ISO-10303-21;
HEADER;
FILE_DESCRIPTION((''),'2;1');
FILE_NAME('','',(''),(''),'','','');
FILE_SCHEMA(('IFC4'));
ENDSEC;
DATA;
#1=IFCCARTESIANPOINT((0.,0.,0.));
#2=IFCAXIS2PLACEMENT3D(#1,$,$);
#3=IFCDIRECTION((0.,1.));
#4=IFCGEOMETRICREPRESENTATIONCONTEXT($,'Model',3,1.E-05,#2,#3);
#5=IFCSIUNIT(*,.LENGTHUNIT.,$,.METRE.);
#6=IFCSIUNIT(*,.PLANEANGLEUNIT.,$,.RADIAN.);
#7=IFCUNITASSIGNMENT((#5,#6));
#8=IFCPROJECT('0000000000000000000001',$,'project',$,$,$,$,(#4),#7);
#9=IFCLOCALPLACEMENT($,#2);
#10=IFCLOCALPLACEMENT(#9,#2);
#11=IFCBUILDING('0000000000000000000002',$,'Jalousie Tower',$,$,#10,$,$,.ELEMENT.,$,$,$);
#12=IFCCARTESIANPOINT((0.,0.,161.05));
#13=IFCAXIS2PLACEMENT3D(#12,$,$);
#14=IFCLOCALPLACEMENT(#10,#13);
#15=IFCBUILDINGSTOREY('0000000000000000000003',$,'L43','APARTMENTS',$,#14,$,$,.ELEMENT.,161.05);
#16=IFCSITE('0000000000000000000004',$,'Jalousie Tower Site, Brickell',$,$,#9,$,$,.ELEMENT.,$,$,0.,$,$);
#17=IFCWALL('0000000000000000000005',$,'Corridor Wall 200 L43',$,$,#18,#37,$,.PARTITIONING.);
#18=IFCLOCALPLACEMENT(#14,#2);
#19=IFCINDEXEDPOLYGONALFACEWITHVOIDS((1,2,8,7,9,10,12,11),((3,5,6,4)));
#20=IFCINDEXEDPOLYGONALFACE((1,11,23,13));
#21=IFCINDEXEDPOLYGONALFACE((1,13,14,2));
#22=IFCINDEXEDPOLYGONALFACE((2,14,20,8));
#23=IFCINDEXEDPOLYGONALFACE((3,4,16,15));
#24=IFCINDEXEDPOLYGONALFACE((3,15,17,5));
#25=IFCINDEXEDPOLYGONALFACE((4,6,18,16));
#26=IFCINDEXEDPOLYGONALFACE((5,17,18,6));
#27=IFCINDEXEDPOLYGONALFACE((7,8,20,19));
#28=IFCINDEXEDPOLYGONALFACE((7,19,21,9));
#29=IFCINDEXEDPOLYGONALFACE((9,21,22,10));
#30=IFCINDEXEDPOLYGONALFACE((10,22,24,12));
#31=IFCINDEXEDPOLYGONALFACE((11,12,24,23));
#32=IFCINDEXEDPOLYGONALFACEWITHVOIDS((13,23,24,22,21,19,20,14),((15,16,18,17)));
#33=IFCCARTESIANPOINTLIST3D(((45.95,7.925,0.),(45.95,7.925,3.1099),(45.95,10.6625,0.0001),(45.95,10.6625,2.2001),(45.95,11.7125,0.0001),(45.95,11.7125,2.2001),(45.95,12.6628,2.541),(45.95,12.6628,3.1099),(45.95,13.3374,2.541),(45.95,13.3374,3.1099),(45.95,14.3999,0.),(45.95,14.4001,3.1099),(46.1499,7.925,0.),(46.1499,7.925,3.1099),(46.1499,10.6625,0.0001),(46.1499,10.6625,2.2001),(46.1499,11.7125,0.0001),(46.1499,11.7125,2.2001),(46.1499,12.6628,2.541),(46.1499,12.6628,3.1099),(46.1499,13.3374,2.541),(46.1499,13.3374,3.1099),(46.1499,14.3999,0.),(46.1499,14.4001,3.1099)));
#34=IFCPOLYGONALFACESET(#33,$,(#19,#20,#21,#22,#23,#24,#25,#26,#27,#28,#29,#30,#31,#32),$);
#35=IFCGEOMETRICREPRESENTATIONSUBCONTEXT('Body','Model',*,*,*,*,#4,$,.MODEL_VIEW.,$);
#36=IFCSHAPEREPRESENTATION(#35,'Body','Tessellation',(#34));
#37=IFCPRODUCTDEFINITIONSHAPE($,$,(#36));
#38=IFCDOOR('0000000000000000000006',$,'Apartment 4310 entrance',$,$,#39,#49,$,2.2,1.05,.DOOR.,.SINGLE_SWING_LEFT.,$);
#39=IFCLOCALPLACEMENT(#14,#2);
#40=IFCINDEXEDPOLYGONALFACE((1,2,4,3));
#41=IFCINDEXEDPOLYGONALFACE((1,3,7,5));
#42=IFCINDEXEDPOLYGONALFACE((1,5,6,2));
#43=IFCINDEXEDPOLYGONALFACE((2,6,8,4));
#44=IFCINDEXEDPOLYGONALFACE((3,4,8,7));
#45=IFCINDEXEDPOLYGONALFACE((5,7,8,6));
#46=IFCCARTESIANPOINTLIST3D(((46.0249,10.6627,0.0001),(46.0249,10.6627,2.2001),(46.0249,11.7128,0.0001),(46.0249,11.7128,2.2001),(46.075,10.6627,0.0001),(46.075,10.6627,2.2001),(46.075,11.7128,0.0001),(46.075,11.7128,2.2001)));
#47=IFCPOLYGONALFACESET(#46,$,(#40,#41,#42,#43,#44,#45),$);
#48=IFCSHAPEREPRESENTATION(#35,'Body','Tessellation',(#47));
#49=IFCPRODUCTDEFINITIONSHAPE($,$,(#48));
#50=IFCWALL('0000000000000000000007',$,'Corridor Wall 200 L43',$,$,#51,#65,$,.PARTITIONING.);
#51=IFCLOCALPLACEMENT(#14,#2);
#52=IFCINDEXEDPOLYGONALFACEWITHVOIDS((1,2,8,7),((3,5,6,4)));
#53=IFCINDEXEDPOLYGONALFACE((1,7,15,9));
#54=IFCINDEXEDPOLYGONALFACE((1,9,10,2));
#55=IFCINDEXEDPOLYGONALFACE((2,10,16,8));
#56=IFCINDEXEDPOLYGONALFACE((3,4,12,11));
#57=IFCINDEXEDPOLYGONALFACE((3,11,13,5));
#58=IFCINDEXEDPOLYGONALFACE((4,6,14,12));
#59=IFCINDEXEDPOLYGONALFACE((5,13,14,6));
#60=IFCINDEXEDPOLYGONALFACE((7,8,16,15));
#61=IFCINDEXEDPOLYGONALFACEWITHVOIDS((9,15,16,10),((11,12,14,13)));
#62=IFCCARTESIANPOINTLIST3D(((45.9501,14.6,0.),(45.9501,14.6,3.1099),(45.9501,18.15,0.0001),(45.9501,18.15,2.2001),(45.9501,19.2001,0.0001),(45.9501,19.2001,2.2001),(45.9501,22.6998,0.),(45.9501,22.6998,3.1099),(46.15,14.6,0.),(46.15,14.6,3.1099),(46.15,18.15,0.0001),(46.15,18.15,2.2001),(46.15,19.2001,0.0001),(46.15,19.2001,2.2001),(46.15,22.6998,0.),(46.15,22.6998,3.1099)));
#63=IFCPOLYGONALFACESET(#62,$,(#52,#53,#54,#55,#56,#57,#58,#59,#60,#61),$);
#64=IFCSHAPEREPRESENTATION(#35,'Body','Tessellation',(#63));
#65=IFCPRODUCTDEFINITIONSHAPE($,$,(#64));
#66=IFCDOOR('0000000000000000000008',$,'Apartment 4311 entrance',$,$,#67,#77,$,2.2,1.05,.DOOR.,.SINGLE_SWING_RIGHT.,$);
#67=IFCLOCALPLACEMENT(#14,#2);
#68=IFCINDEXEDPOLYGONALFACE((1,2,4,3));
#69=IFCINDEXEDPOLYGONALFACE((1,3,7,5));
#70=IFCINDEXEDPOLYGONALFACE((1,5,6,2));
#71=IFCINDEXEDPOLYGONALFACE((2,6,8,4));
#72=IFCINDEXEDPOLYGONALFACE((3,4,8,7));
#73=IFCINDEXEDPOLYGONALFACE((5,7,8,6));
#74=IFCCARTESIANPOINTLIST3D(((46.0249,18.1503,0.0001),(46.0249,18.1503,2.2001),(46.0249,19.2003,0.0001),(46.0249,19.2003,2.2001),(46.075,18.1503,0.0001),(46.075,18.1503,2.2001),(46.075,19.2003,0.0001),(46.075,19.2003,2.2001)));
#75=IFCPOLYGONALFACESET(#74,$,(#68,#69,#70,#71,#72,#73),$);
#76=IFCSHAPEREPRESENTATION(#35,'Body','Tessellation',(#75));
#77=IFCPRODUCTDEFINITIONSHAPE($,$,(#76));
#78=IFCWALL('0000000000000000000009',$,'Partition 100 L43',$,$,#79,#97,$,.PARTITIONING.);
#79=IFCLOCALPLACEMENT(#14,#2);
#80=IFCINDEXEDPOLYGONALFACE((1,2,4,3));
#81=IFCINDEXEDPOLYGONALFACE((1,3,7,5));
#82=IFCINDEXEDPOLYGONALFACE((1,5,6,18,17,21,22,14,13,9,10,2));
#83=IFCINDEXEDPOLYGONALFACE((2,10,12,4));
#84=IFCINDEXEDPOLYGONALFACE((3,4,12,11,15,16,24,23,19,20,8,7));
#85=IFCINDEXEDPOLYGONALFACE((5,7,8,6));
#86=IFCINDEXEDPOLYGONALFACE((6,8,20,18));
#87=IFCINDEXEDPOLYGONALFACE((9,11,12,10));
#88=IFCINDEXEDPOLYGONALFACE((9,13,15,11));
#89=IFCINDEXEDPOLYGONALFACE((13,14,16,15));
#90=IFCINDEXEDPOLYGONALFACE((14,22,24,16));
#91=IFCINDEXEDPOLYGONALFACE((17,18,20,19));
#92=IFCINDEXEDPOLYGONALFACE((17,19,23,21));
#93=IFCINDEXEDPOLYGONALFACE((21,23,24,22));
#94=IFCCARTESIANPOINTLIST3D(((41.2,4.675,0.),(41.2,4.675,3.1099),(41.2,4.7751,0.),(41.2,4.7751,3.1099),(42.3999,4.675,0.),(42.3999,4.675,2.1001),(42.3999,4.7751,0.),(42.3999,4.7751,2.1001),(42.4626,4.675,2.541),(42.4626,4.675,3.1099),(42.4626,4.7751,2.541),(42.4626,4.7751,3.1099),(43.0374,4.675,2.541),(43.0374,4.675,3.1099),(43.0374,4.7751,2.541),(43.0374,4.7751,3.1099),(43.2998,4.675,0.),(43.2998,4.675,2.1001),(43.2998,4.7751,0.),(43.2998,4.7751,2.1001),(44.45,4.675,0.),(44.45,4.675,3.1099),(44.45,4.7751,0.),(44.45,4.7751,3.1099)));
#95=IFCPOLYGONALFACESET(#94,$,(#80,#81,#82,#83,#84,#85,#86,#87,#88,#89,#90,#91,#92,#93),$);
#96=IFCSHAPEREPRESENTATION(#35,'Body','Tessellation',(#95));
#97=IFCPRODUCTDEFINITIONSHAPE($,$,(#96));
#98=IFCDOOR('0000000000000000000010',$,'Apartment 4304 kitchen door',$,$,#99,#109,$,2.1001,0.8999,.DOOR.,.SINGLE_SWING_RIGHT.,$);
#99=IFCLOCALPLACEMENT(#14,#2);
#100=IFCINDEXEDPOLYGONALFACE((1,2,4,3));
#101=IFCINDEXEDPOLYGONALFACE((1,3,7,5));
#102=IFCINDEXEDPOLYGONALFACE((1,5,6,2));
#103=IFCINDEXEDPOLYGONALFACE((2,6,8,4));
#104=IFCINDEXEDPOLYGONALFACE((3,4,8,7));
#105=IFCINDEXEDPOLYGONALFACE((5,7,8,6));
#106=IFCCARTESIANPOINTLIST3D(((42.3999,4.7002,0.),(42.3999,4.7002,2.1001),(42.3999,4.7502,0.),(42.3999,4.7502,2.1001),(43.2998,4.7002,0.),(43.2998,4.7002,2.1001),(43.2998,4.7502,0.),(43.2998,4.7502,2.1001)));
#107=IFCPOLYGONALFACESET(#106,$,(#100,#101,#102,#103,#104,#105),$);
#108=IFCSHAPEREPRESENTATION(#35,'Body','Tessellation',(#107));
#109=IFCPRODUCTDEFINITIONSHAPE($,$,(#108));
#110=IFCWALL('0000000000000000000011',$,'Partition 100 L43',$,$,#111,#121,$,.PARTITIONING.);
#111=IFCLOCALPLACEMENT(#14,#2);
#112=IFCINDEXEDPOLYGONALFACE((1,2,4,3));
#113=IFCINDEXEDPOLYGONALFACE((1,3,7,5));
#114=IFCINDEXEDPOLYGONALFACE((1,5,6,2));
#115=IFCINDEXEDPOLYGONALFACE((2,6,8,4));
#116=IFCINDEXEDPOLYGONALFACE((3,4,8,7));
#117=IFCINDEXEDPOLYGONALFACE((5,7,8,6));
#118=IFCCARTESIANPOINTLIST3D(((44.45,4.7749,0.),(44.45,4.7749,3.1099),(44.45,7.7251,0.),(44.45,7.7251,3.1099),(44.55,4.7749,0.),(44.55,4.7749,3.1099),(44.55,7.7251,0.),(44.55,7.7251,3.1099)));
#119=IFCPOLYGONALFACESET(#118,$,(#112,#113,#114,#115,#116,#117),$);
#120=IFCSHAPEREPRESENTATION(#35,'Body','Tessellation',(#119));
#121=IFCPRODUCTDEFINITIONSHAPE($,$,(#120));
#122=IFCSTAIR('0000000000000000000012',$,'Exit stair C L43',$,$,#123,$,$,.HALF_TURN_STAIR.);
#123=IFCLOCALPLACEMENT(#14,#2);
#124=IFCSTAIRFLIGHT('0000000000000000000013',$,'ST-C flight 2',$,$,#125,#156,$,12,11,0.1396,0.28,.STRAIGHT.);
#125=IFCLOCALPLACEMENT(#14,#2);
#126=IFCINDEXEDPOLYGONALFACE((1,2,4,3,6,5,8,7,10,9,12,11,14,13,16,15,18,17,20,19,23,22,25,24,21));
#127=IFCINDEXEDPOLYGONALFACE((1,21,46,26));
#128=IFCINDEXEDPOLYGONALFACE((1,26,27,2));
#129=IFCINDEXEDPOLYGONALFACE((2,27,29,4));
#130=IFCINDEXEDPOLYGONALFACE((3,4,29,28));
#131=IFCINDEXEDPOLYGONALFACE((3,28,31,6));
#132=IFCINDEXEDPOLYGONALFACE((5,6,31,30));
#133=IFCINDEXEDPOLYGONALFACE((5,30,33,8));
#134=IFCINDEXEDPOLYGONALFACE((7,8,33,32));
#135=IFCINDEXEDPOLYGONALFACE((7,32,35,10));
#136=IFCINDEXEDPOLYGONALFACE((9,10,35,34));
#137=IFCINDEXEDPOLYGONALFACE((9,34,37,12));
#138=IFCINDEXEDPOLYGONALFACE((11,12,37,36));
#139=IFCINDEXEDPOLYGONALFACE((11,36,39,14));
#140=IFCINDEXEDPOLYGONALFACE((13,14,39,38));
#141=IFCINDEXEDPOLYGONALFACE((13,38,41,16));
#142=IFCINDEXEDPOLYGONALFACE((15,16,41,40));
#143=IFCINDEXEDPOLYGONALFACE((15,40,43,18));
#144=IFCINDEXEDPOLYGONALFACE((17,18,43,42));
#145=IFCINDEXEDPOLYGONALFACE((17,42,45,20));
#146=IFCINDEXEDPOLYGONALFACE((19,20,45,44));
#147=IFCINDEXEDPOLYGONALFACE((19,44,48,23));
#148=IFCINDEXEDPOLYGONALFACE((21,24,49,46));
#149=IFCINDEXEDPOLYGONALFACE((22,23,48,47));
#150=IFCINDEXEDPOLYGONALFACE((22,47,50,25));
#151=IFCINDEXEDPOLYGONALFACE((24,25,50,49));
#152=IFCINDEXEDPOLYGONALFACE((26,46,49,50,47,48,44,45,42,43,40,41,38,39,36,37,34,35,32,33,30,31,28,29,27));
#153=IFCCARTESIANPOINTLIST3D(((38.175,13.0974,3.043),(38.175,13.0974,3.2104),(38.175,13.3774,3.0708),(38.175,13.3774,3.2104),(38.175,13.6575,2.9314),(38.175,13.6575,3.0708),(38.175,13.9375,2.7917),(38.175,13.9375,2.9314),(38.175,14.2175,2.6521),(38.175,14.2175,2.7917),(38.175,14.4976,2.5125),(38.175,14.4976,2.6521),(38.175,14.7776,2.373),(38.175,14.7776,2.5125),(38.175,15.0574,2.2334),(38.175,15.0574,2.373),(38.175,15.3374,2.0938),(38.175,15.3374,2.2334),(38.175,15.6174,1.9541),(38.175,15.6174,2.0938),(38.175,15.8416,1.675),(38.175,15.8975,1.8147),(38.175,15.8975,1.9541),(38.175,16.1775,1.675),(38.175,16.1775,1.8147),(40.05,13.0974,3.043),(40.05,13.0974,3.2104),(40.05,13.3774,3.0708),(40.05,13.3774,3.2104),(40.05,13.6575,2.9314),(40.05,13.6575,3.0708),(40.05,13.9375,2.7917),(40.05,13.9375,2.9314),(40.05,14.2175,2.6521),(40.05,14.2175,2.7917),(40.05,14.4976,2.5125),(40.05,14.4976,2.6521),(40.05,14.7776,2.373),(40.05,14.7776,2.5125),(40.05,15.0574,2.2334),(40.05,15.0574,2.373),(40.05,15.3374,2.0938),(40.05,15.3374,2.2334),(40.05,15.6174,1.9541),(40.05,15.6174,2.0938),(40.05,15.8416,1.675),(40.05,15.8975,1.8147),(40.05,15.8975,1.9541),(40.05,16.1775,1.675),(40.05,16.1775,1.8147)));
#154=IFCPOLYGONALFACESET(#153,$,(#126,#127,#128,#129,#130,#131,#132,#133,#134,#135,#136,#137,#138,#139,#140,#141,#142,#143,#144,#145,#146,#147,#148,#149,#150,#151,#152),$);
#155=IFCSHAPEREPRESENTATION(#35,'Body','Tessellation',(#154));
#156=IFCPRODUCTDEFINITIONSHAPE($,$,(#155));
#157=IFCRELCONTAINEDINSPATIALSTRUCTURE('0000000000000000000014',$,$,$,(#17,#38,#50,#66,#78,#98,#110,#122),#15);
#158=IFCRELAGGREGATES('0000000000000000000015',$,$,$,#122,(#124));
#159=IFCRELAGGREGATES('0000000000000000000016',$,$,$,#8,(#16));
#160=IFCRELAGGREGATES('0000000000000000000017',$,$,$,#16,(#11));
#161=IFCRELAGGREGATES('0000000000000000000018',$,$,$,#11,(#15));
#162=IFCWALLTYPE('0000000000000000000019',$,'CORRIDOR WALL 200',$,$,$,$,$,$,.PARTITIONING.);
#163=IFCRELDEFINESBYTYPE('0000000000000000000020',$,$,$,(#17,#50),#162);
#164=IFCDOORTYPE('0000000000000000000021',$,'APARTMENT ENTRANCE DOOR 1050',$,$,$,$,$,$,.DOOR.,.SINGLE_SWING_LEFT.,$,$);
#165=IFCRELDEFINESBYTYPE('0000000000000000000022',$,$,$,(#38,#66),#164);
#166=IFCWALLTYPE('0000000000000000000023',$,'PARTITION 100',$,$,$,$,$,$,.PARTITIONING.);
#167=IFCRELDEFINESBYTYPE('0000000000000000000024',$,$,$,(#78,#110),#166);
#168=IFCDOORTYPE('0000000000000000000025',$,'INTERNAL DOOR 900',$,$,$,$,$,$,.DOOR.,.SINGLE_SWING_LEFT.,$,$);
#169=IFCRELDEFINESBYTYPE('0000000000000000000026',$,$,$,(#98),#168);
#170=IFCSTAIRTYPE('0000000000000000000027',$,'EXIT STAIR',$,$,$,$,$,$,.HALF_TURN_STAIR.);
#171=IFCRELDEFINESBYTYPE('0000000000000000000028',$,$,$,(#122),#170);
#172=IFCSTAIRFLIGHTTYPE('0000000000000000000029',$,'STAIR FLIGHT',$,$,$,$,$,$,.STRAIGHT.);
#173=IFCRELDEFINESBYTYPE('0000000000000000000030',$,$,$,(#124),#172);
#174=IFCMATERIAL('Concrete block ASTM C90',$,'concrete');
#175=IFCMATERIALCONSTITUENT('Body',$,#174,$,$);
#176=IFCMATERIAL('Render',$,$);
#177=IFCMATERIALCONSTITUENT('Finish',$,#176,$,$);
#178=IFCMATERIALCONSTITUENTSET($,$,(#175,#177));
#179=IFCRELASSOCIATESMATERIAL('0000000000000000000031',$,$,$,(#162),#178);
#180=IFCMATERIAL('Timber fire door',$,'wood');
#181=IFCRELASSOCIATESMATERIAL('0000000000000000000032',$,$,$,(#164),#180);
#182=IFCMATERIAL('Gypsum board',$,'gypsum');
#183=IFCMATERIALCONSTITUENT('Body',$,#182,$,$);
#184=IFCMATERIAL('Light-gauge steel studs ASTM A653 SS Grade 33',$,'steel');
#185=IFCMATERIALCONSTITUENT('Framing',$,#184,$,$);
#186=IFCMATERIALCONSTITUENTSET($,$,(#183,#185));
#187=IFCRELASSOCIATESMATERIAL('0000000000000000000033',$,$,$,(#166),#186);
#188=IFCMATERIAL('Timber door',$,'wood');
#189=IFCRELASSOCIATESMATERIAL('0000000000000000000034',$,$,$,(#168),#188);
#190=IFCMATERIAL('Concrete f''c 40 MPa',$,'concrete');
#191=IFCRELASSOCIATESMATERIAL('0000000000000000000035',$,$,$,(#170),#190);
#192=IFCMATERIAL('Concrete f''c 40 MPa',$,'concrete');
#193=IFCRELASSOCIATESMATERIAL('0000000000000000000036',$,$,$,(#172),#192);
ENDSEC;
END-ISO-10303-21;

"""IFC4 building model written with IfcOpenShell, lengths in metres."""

from ifc_helpers import new_model, si_unit, direction, frame, frame_2d, origin, place, context, subcontext, project, spatial, polyline, rectangle, outline, extrude, material, constituent, constituent_set, type_object, element, fill, aggregate, save


model = new_model("IFC4")

# Units and contexts
model_context = context("Model", 3, precision=1e-05, world=origin(), true_north=direction((0.0, 1.0)))
body_context = subcontext(model_context, "Body", "Model", "MODEL_VIEW")
ifc_project = project(units=[si_unit("LENGTHUNIT", "METRE"), si_unit("PLANEANGLEUNIT", "RADIAN")], contexts=[model_context])

# Site, building, storey
site_placement = place(None, origin())
site = spatial("IfcSite", under=ifc_project, at=site_placement, Name="Jalousie Tower Site, Brickell", CompositionType="ELEMENT", RefElevation=0.0)
building_placement = place(site_placement, origin())
building = spatial("IfcBuilding", under=site, at=building_placement, Name="Jalousie Tower", CompositionType="ELEMENT")
storey_placement = place(building_placement, frame((0.0, 0.0, 161.05)))
storey = spatial("IfcBuildingStorey", under=building, at=storey_placement, Name="L43", Description="APARTMENTS", CompositionType="ELEMENT", Elevation=161.05)

# Walls, openings, doors
ifc_material_1 = material(Name="Concrete block ASTM C90", Category="concrete")
ifc_constituent_1 = constituent(ifc_material_1, Name="Body")
ifc_material_2 = material(Name="Render")
ifc_constituent_2 = constituent(ifc_material_2, Name="Finish")
ifc_constituent_set_1 = constituent_set(constituents=[ifc_constituent_1, ifc_constituent_2])
wall_type_1 = type_object("IfcWallType", Name="CORRIDOR WALL 200", PredefinedType="PARTITIONING", material=ifc_constituent_set_1)
ifc_material_3 = material(Name="Timber fire door", Category="wood")
door_type_1 = type_object("IfcDoorType", Name="APARTMENT ENTRANCE DOOR 1050", OperationType="SINGLE_SWING_LEFT", PredefinedType="DOOR", material=ifc_material_3)
wall_1_placement = place(storey_placement, frame((46.05, 7.925, 0.0), z_axis=(0.0, 0.0, 1.0), x_axis=(0.0, 1.0, 0.0)))
wall_1 = element("IfcWall", 1, at=wall_1_placement, inside=storey, type_object=wall_type_1, Name="Corridor Wall 200 L43", PredefinedType="PARTITIONING", context=body_context, shape_type="SweptSolid", body=[
    extrude(outline(polyline([(0.0, 0.0), (6.4749, 0.0), (6.4751, 3.1099), (5.4124, 3.1099), (5.4124, 2.541), (4.7378, 2.541), (4.7378, 3.1099), (0.0, 3.1099), (0.0, 0.0)])), frame((0.0, 0.1001, 0.0), z_axis=(0.0, -1.0, 0.0), x_axis=(1.0, 0.0, 0.0)), (0.0, 0.0, 1.0), 0.2),
])
opening_1_placement = place(wall_1_placement, frame((2.7375, 0.0, 0.0)))
opening_1 = element("IfcOpeningElement", 2, at=opening_1_placement, cuts=wall_1, PredefinedType="OPENING", context=body_context, shape_type="SweptSolid", body=[
    extrude(rectangle(XDim=1.05, YDim=2.2, at=frame_2d((0.5249, 1.1001))), frame((0.0, 0.1099, 0.0), z_axis=(0.0, -1.0, 0.0), x_axis=(1.0, 0.0, 0.0)), (0.0, 0.0, 1.0), 0.22),
])
door_1_placement = place(opening_1_placement, frame((1.05, 0.0, 0.0), z_axis=(0.0, 0.0, 1.0), x_axis=(-1.0, 0.0, 0.0)))
door_1 = element("IfcDoor", 3, at=door_1_placement, inside=storey, type_object=door_type_1, Name="Apartment 4310 entrance", OperationType="SINGLE_SWING_LEFT", OverallHeight=2.2, OverallWidth=1.05, PredefinedType="DOOR", context=body_context, shape_type="SweptSolid", body=[
    extrude(rectangle(XDim=1.05, YDim=2.2, at=frame_2d((0.5249, 1.1001))), frame((0.0, 0.0249, 0.0), z_axis=(0.0, -1.0, 0.0), x_axis=(1.0, 0.0, 0.0)), (0.0, 0.0, 1.0), 0.05),
])
fill(opening_1, door_1)
wall_2_placement = place(storey_placement, frame((46.05, 14.6001, 0.0), z_axis=(0.0, 0.0, 1.0), x_axis=(0.0, 1.0, 0.0)))
wall_2 = element("IfcWall", 4, at=wall_2_placement, inside=storey, type_object=wall_type_1, Name="Corridor Wall 200 L43", PredefinedType="PARTITIONING", context=body_context, shape_type="SweptSolid", body=[
    extrude(rectangle(XDim=8.0999, YDim=0.2, at=frame_2d((4.0498, 0.0))), origin(), (0.0, 0.0, 1.0), 3.1099),
])
opening_2_placement = place(wall_2_placement, frame((3.55, 0.0, 0.0)))
opening_2 = element("IfcOpeningElement", 5, at=opening_2_placement, cuts=wall_2, PredefinedType="OPENING", context=body_context, shape_type="SweptSolid", body=[
    extrude(rectangle(XDim=1.05, YDim=2.2, at=frame_2d((0.5249, 1.1001))), frame((0.0, 0.1099, 0.0), z_axis=(0.0, -1.0, 0.0), x_axis=(1.0, 0.0, 0.0)), (0.0, 0.0, 1.0), 0.22),
])
door_2_placement = place(opening_2_placement, frame((1.05, 0.0, 0.0), z_axis=(0.0, 0.0, 1.0), x_axis=(-1.0, 0.0, 0.0)))
door_2 = element("IfcDoor", 6, at=door_2_placement, inside=storey, type_object=door_type_1, Name="Apartment 4311 entrance", OperationType="SINGLE_SWING_RIGHT", OverallHeight=2.2, OverallWidth=1.05, PredefinedType="DOOR", context=body_context, shape_type="SweptSolid", body=[
    extrude(rectangle(XDim=1.05, YDim=2.2, at=frame_2d((0.5249, 1.1001))), frame((0.0, 0.0249, 0.0), z_axis=(0.0, -1.0, 0.0), x_axis=(1.0, 0.0, 0.0)), (0.0, 0.0, 1.0), 0.05),
])
fill(opening_2, door_2)
ifc_material_4 = material(Name="Gypsum board", Category="gypsum")
ifc_constituent_3 = constituent(ifc_material_4, Name="Body")
ifc_material_5 = material(Name="Light-gauge steel studs ASTM A653 SS Grade 33", Category="steel")
ifc_constituent_4 = constituent(ifc_material_5, Name="Framing")
ifc_constituent_set_2 = constituent_set(constituents=[ifc_constituent_3, ifc_constituent_4])
wall_type_2 = type_object("IfcWallType", Name="PARTITION 100", PredefinedType="PARTITIONING", material=ifc_constituent_set_2)
wall_3_placement = place(storey_placement, frame((41.2, 4.7251, 0.0), z_axis=(0.0, 0.0, 1.0), x_axis=(1.0, 0.0, 0.0)))
wall_3 = element("IfcWall", 7, at=wall_3_placement, inside=storey, type_object=wall_type_2, Name="Partition 100 L43", PredefinedType="PARTITIONING", context=body_context, shape_type="SweptSolid", body=[
    extrude(outline(polyline([(0.0, 0.0), (3.25, 0.0), (3.25, 3.1099), (1.8374, 3.1099), (1.8374, 2.541), (1.2627, 2.541), (1.2627, 3.1099), (0.0, 3.1099), (0.0, 0.0)])), frame((0.0, 0.05, 0.0), z_axis=(0.0, -1.0, 0.0), x_axis=(1.0, 0.0, 0.0)), (0.0, 0.0, 1.0), 0.1001),
])
opening_3_placement = place(wall_3_placement, frame((1.2, 0.0, 0.0)))
opening_3 = element("IfcOpeningElement", 8, at=opening_3_placement, cuts=wall_3, PredefinedType="OPENING", context=body_context, shape_type="SweptSolid", body=[
    extrude(rectangle(XDim=0.8999, YDim=2.1001, at=frame_2d((0.45, 1.05))), frame((0.0, 0.0601, 0.0), z_axis=(0.0, -1.0, 0.0), x_axis=(1.0, 0.0, 0.0)), (0.0, 0.0, 1.0), 0.1201),
])
ifc_material_6 = material(Name="Timber door", Category="wood")
door_type_2 = type_object("IfcDoorType", Name="INTERNAL DOOR 900", OperationType="SINGLE_SWING_LEFT", PredefinedType="DOOR", material=ifc_material_6)
door_3_placement = place(opening_3_placement, frame((0.8999, 0.0, 0.0), z_axis=(0.0, 0.0, 1.0), x_axis=(-1.0, 0.0, 0.0)))
door_3 = element("IfcDoor", 9, at=door_3_placement, inside=storey, type_object=door_type_2, Name="Apartment 4304 kitchen door", OperationType="SINGLE_SWING_RIGHT", OverallHeight=2.1001, OverallWidth=0.8999, PredefinedType="DOOR", context=body_context, shape_type="SweptSolid", body=[
    extrude(rectangle(XDim=0.8999, YDim=2.1001, at=frame_2d((0.45, 1.05))), frame((0.0, 0.0249, 0.0), z_axis=(0.0, -1.0, 0.0), x_axis=(1.0, 0.0, 0.0)), (0.0, 0.0, 1.0), 0.05),
])
fill(opening_3, door_3)

# Wall
wall_4_placement = place(storey_placement, frame((44.5, 4.7749, 0.0), z_axis=(0.0, 0.0, 1.0), x_axis=(0.0, 1.0, 0.0)))
element("IfcWall", 10, at=wall_4_placement, inside=storey, type_object=wall_type_2, Name="Partition 100 L43", PredefinedType="PARTITIONING", context=body_context, shape_type="SweptSolid", body=[
    extrude(rectangle(XDim=2.9502, YDim=0.1001, at=frame_2d((1.4751, 0.0))), origin(), (0.0, 0.0, 1.0), 3.1099),
])

# Stair, stair flight
ifc_material_7 = material(Name="Concrete f'c 40 MPa", Category="concrete")
stair_type = type_object("IfcStairType", Name="EXIT STAIR", PredefinedType="HALF_TURN_STAIR", material=ifc_material_7)
stair_placement = place(storey_placement, origin())
stair = element("IfcStair", 11, at=stair_placement, inside=storey, type_object=stair_type, Name="Exit stair C L43", PredefinedType="HALF_TURN_STAIR")
ifc_material_8 = material(Name="Concrete f'c 40 MPa", Category="concrete")
stair_flight_type = type_object("IfcStairFlightType", Name="STAIR FLIGHT", PredefinedType="STRAIGHT", material=ifc_material_8)
stair_flight_placement = place(storey_placement, frame((39.1125, 16.1775, 1.675), z_axis=(0.0, 0.0, 1.0), x_axis=(0.0, -1.0, 0.0)))
stair_flight = element("IfcStairFlight", 12, at=stair_flight_placement, type_object=stair_flight_type, Name="ST-C flight 2", NumberOfRisers=12, NumberOfTreads=11, PredefinedType="STRAIGHT", RiserHeight=0.1396, TreadLength=0.28, context=body_context, shape_type="SweptSolid", body=[
    extrude(outline(polyline([(0.0, 0.0), (0.0, 0.1396), (0.28, 0.1396), (0.28, 0.2791), (0.5601, 0.2791), (0.5601, 0.4187), (0.8401, 0.4187), (0.8401, 0.5583), (1.1201, 0.5583), (1.1201, 0.698), (1.3999, 0.698), (1.3999, 0.8374), (1.6799, 0.8374), (1.6799, 0.9771), (1.96, 0.9771), (1.96, 1.1167), (2.24, 1.1167), (2.24, 1.2563), (2.52, 1.2563), (2.52, 1.3958), (2.8, 1.3958), (2.8, 1.5354), (3.0801, 1.5354), (3.0801, 1.675), (3.0801, 1.3679), (0.3359, 0.0), (0.0, 0.0)])), frame((0.0, 0.9375, 0.0), z_axis=(0.0, -1.0, 0.0), x_axis=(1.0, 0.0, 0.0)), (0.0, 0.0, 1.0), 1.875),
])
aggregate(stair, [stair_flight])

save(model, "model.ifc")
